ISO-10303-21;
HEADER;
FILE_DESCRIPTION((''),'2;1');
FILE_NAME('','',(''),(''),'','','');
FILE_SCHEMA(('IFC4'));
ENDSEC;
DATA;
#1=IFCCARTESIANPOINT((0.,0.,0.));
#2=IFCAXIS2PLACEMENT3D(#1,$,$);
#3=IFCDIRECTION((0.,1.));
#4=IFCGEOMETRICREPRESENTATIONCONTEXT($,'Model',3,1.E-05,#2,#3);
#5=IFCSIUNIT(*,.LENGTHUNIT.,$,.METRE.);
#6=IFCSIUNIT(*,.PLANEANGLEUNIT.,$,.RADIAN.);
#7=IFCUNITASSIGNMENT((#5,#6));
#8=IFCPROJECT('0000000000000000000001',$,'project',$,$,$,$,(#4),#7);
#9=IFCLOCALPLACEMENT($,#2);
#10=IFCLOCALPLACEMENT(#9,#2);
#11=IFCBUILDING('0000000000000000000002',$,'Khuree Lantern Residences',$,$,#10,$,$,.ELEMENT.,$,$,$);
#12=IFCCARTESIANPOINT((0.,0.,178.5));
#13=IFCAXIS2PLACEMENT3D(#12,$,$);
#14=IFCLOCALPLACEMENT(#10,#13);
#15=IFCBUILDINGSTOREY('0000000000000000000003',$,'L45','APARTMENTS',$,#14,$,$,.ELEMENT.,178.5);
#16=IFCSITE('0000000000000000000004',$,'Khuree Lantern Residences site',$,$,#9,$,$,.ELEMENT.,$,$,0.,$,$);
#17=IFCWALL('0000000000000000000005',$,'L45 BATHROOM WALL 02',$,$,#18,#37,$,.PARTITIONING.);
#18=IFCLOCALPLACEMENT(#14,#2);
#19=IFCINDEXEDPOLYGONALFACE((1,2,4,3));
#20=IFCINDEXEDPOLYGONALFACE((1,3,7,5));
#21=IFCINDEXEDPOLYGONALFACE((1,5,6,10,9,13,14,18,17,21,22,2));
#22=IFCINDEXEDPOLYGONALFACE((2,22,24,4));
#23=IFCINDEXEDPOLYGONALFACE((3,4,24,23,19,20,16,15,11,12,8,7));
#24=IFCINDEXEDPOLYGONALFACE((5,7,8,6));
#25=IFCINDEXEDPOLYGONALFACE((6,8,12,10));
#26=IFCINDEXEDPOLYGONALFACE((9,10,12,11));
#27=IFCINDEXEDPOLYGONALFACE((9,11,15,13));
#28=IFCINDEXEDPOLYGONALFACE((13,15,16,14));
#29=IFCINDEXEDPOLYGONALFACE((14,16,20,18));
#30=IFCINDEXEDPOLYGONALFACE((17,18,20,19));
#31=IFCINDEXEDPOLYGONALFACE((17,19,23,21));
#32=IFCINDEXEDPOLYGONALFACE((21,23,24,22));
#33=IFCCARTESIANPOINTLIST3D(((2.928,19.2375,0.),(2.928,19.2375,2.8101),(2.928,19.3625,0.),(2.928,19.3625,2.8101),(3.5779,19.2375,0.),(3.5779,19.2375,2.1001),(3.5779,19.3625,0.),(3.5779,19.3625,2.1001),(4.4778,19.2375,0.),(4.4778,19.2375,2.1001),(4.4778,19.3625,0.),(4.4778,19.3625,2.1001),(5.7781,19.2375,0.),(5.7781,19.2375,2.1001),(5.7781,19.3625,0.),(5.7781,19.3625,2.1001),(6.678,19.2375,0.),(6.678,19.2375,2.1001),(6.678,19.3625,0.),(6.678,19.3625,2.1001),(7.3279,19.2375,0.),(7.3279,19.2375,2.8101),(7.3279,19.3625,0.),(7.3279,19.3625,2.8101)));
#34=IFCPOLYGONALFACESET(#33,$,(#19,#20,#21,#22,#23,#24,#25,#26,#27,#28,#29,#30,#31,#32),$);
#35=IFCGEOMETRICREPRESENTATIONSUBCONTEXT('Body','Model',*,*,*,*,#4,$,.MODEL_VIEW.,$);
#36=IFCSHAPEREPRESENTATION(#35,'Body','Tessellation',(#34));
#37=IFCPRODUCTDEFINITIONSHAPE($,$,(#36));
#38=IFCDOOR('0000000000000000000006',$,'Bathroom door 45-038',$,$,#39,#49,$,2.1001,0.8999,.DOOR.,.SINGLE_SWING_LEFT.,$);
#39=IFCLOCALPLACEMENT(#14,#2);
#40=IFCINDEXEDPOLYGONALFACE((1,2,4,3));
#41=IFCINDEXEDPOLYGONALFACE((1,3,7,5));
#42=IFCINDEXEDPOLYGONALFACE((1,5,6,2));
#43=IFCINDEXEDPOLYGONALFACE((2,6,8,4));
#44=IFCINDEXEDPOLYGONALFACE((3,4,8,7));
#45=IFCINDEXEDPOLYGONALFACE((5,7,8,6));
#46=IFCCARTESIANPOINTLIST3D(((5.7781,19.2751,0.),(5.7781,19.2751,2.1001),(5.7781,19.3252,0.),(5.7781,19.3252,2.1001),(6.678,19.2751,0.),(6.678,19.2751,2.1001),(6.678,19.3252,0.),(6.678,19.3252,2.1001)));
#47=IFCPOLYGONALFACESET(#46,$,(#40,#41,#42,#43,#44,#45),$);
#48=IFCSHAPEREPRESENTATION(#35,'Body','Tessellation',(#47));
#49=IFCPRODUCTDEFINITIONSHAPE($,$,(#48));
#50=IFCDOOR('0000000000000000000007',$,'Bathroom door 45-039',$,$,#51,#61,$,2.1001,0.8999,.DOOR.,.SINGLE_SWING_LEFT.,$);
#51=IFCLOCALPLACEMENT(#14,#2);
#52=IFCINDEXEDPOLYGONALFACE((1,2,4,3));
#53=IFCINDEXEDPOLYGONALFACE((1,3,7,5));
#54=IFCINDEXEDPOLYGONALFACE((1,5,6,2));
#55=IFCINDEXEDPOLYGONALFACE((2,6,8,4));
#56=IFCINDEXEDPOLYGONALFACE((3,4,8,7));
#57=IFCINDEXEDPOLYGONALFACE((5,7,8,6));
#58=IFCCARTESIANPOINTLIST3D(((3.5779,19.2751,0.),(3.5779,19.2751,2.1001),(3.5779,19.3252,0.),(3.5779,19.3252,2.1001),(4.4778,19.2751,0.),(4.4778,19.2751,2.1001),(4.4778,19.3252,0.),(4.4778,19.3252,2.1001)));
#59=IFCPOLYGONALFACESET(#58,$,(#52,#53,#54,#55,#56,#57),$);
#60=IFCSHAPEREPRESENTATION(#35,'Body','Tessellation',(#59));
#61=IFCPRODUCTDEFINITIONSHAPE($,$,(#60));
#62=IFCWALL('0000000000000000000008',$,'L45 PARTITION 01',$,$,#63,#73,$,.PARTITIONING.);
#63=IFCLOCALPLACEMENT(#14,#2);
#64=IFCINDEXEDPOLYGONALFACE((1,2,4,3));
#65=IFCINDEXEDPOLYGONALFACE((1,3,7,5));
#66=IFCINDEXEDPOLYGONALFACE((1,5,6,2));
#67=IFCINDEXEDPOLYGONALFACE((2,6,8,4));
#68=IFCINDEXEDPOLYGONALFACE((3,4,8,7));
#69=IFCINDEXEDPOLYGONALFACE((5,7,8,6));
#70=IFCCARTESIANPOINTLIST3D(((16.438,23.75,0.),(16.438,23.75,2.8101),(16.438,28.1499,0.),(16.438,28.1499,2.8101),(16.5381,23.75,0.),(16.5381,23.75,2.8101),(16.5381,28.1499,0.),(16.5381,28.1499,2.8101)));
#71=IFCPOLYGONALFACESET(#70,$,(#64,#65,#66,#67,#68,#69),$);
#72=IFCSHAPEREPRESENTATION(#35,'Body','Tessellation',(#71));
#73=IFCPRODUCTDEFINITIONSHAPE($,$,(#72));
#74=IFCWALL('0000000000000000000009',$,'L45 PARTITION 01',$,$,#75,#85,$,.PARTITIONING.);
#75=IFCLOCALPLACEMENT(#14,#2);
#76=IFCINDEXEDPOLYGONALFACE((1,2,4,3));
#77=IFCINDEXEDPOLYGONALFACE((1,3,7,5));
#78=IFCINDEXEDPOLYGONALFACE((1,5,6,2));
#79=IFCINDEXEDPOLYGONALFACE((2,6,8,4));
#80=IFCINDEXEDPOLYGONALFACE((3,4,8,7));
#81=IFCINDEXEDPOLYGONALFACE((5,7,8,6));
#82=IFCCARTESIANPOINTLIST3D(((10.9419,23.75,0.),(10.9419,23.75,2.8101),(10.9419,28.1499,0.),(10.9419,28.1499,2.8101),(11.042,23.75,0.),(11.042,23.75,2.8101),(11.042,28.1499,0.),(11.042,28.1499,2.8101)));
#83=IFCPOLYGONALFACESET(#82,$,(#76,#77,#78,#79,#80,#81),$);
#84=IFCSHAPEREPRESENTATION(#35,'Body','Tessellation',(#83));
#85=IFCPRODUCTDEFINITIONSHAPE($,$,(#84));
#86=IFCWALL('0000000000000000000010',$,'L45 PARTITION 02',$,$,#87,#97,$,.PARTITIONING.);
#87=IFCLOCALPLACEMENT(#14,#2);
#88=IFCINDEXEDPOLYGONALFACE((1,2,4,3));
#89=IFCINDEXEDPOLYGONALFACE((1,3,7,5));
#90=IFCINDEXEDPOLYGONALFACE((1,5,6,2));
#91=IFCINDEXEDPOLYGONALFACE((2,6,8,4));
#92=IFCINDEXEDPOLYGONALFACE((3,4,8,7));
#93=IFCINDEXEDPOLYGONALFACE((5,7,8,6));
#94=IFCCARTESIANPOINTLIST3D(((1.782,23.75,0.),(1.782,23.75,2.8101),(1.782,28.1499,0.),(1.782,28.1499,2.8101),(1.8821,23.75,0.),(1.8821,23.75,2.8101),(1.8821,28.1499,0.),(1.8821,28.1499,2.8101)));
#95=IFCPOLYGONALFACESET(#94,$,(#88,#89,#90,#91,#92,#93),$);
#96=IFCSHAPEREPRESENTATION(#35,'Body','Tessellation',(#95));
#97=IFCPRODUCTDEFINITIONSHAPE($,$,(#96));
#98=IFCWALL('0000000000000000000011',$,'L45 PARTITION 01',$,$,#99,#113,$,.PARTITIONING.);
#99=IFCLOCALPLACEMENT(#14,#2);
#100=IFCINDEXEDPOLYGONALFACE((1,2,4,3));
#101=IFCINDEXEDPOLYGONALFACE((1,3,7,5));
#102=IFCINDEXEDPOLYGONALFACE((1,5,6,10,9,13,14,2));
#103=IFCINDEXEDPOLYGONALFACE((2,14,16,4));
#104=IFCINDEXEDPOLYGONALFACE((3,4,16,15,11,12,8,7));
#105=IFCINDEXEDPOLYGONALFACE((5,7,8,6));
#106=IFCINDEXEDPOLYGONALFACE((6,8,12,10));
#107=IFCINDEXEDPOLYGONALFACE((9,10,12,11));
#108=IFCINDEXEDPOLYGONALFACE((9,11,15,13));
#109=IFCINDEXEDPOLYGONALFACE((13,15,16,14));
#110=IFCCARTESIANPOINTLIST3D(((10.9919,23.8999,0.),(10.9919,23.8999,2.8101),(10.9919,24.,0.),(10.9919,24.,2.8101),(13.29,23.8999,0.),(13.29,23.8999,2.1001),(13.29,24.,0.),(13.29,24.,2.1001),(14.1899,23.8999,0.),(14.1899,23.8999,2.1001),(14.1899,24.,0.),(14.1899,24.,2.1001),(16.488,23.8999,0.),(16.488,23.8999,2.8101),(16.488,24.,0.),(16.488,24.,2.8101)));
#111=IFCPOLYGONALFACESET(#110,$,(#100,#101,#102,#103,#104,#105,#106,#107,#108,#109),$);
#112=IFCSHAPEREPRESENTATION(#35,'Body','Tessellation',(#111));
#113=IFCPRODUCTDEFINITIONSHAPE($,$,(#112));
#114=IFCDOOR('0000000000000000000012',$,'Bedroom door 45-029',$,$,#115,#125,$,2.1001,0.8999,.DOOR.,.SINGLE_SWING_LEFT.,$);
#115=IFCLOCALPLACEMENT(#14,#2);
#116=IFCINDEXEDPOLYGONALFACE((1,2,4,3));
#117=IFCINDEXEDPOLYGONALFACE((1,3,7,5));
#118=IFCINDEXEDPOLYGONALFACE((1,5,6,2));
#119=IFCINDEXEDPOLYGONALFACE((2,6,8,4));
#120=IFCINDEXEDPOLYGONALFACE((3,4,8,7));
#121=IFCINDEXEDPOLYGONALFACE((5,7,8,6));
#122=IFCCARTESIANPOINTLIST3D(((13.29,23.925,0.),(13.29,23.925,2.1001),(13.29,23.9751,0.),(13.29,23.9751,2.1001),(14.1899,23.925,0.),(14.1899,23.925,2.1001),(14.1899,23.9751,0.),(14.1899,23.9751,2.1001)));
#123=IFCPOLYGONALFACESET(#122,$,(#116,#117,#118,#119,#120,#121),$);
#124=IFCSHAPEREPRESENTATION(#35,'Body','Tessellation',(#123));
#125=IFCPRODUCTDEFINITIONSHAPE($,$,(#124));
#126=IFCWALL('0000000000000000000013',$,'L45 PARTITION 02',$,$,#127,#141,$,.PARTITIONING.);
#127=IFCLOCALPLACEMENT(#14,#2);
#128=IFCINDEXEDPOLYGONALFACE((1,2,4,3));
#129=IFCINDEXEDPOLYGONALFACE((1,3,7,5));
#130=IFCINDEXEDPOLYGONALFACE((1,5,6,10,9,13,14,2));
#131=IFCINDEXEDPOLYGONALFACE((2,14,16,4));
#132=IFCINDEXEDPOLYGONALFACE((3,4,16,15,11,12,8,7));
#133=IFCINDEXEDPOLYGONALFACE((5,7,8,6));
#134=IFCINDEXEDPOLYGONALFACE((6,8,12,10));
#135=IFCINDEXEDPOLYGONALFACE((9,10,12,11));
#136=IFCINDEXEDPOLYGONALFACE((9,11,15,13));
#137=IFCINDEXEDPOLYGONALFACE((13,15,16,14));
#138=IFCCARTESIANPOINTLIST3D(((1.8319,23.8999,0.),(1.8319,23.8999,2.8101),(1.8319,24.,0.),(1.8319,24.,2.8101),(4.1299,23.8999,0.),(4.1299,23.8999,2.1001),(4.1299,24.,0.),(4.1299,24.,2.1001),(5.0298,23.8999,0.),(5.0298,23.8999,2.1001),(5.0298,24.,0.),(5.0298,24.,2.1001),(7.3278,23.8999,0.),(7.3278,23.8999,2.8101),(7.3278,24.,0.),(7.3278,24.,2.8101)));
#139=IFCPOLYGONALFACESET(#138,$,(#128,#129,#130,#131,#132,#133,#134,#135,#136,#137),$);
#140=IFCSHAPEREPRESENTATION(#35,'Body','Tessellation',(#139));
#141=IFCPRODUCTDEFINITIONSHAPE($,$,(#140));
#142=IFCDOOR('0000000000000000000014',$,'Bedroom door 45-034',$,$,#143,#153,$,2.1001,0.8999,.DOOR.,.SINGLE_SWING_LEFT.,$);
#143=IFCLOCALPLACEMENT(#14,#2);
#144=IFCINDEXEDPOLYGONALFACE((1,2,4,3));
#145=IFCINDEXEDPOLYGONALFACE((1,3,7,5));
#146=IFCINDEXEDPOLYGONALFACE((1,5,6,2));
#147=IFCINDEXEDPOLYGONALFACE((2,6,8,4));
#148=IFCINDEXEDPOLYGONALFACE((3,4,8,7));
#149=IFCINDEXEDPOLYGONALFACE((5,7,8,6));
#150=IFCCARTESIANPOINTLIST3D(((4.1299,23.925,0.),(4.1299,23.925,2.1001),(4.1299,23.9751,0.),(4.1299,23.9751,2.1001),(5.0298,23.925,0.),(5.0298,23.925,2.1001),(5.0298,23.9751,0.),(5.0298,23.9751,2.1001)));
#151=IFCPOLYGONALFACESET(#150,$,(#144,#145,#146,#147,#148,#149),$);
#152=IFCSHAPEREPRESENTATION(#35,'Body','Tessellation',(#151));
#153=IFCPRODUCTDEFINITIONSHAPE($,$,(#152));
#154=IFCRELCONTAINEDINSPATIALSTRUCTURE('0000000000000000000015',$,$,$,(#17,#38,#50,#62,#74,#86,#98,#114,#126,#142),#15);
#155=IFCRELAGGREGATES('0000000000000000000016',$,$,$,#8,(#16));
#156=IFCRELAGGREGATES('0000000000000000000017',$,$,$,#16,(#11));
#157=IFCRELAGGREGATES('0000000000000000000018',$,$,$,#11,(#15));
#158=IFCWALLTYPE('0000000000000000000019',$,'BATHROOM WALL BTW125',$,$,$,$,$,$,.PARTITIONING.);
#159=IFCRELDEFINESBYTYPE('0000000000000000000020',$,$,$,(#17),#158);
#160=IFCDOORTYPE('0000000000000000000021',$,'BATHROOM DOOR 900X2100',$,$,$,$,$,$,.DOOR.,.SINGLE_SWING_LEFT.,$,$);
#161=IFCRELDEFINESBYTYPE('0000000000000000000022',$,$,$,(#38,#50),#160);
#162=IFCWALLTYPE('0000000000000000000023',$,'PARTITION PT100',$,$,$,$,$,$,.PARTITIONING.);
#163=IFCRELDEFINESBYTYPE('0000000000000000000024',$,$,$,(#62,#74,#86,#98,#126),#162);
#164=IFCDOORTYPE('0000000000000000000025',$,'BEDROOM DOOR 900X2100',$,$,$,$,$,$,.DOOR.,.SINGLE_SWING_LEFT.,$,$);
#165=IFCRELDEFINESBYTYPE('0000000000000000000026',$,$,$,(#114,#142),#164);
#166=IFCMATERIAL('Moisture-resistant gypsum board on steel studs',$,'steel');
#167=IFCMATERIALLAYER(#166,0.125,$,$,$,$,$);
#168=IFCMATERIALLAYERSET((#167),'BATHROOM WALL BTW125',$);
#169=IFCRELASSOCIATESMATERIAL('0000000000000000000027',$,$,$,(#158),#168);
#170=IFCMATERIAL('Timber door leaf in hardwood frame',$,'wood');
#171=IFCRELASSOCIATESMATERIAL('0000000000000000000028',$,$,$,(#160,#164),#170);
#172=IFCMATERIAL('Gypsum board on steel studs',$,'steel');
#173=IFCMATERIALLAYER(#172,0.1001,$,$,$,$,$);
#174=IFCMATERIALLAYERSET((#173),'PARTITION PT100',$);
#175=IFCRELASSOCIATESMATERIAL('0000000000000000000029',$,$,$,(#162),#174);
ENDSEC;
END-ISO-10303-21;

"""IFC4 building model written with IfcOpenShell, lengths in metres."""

from ifc_helpers import new_model, si_unit, direction, frame, frame_2d, origin, place, context, subcontext, project, spatial, rectangle, extrude, material, layer, layer_set, type_object, element, fill, save


model = new_model("IFC4")

# Units and contexts
model_context = context("Model", 3, precision=1e-05, world=origin(), true_north=direction((0.0, 1.0)))
body_context = subcontext(model_context, "Body", "Model", "MODEL_VIEW")
ifc_project = project(units=[si_unit("LENGTHUNIT", "METRE"), si_unit("PLANEANGLEUNIT", "RADIAN")], contexts=[model_context])

# Site, building, storey
site_placement = place(None, origin())
site = spatial("IfcSite", under=ifc_project, at=site_placement, Name="Khuree Lantern Residences site", CompositionType="ELEMENT", RefElevation=0.0)
building_placement = place(site_placement, origin())
building = spatial("IfcBuilding", under=site, at=building_placement, Name="Khuree Lantern Residences", CompositionType="ELEMENT")
storey_placement = place(building_placement, frame((0.0, 0.0, 178.5)))
storey = spatial("IfcBuildingStorey", under=building, at=storey_placement, Name="L45", Description="APARTMENTS", CompositionType="ELEMENT", Elevation=178.5)

# Wall, openings, doors
ifc_material_1 = material(Name="Moisture-resistant gypsum board on steel studs", Category="steel")
ifc_layer_1 = layer(ifc_material_1, 0.125)
ifc_layer_set_1 = layer_set([ifc_layer_1], Name="BATHROOM WALL BTW125")
wall_type_1 = type_object("IfcWallType", Name="BATHROOM WALL BTW125", PredefinedType="PARTITIONING", material=ifc_layer_set_1)
wall_1_placement = place(storey_placement, frame((7.3279, 19.3, 0.0), z_axis=(0.0, 0.0, 1.0), x_axis=(-1.0, 0.0, 0.0)))
wall_1 = element("IfcWall", 1, at=wall_1_placement, inside=storey, type_object=wall_type_1, Name="L45 BATHROOM WALL 02", PredefinedType="PARTITIONING", context=body_context, shape_type="SweptSolid", body=[
    extrude(rectangle(XDim=4.3999, YDim=0.125, at=frame_2d((2.2, 0.0))), origin(), (0.0, 0.0, 1.0), 2.8101),
])
opening_1_placement = place(wall_1_placement, frame((0.6499, 0.0, 0.0)))
opening_1 = element("IfcOpeningElement", 2, at=opening_1_placement, cuts=wall_1, PredefinedType="OPENING", context=body_context, shape_type="SweptSolid", body=[
    extrude(rectangle(XDim=0.8999, YDim=2.1001, at=frame_2d((0.45, 1.05))), frame((0.0, 0.0725, 0.0), z_axis=(0.0, -1.0, 0.0), x_axis=(1.0, 0.0, 0.0)), (0.0, 0.0, 1.0), 0.145),
])
opening_2_placement = place(wall_1_placement, frame((2.8501, 0.0, 0.0)))
opening_2 = element("IfcOpeningElement", 3, at=opening_2_placement, cuts=wall_1, PredefinedType="OPENING", context=body_context, shape_type="SweptSolid", body=[
    extrude(rectangle(XDim=0.8999, YDim=2.1001, at=frame_2d((0.45, 1.05))), frame((0.0, 0.0725, 0.0), z_axis=(0.0, -1.0, 0.0), x_axis=(1.0, 0.0, 0.0)), (0.0, 0.0, 1.0), 0.145),
])
ifc_material_2 = material(Name="Timber door leaf in hardwood frame", Category="wood")
door_type_1 = type_object("IfcDoorType", Name="BATHROOM DOOR 900X2100", OperationType="SINGLE_SWING_LEFT", PredefinedType="DOOR", material=ifc_material_2)
door_1_placement = place(opening_1_placement, origin())
door_1 = element("IfcDoor", 4, at=door_1_placement, inside=storey, type_object=door_type_1, Name="Bathroom door 45-038", OperationType="SINGLE_SWING_LEFT", OverallHeight=2.1001, OverallWidth=0.8999, PredefinedType="DOOR", context=body_context, shape_type="SweptSolid", body=[
    extrude(rectangle(XDim=0.8999, YDim=2.1001, at=frame_2d((0.45, 1.05))), frame((0.0, 0.0249, 0.0), z_axis=(0.0, -1.0, 0.0), x_axis=(1.0, 0.0, 0.0)), (0.0, 0.0, 1.0), 0.05),
])
fill(opening_1, door_1)
door_2_placement = place(opening_2_placement, origin())
door_2 = element("IfcDoor", 5, at=door_2_placement, inside=storey, type_object=door_type_1, Name="Bathroom door 45-039", OperationType="SINGLE_SWING_LEFT", OverallHeight=2.1001, OverallWidth=0.8999, PredefinedType="DOOR", context=body_context, shape_type="SweptSolid", body=[
    extrude(rectangle(XDim=0.8999, YDim=2.1001, at=frame_2d((0.45, 1.05))), frame((0.0, 0.0249, 0.0), z_axis=(0.0, -1.0, 0.0), x_axis=(1.0, 0.0, 0.0)), (0.0, 0.0, 1.0), 0.05),
])
fill(opening_2, door_2)

# Walls
ifc_material_3 = material(Name="Gypsum board on steel studs", Category="steel")
ifc_layer_2 = layer(ifc_material_3, 0.1001)
ifc_layer_set_2 = layer_set([ifc_layer_2], Name="PARTITION PT100")
wall_type_2 = type_object("IfcWallType", Name="PARTITION PT100", PredefinedType="PARTITIONING", material=ifc_layer_set_2)
for number, where, z_axis, x_axis, name in (
    (6, (16.488, 23.75, 0.0), (0.0, 0.0, 1.0), (0.0, 1.0, 0.0), "L45 PARTITION 01"),
    (7, (10.9919, 23.75, 0.0), (0.0, 0.0, 1.0), (0.0, 1.0, 0.0), "L45 PARTITION 01"),
    (8, (1.832, 23.75, 0.0), (0.0, 0.0, 1.0), (0.0, 1.0, 0.0), "L45 PARTITION 02"),
):
    element("IfcWall", number, at=place(storey_placement, frame(where, z_axis=z_axis, x_axis=x_axis)), inside=storey, type_object=wall_type_2, Name=name, PredefinedType="PARTITIONING", context=body_context, shape_type="SweptSolid", body=[
        extrude(rectangle(XDim=4.3999, YDim=0.1001, at=frame_2d((2.2, 0.0))), origin(), (0.0, 0.0, 1.0), 2.8101),
    ])

# Walls, openings, doors
wall_2_placement = place(storey_placement, frame((16.488, 23.95, 0.0), z_axis=(0.0, 0.0, 1.0), x_axis=(-1.0, 0.0, 0.0)))
wall_2 = element("IfcWall", 9, at=wall_2_placement, inside=storey, type_object=wall_type_2, Name="L45 PARTITION 01", PredefinedType="PARTITIONING", context=body_context, shape_type="SweptSolid", body=[
    extrude(rectangle(XDim=5.4961, YDim=0.1001, at=frame_2d((2.748, 0.0))), origin(), (0.0, 0.0, 1.0), 2.8101),
])
opening_3_placement = place(wall_2_placement, frame((2.2981, 0.0, 0.0)))
opening_3 = element("IfcOpeningElement", 10, at=opening_3_placement, cuts=wall_2, PredefinedType="OPENING", context=body_context, shape_type="SweptSolid", body=[
    extrude(rectangle(XDim=0.8999, YDim=2.1001, at=frame_2d((0.45, 1.05))), frame((0.0, 0.0601, 0.0), z_axis=(0.0, -1.0, 0.0), x_axis=(1.0, 0.0, 0.0)), (0.0, 0.0, 1.0), 0.1201),
])
door_type_2 = type_object("IfcDoorType", Name="BEDROOM DOOR 900X2100", OperationType="SINGLE_SWING_LEFT", PredefinedType="DOOR", material=ifc_material_2)
door_3_placement = place(opening_3_placement, origin())
door_3 = element("IfcDoor", 11, at=door_3_placement, inside=storey, type_object=door_type_2, Name="Bedroom door 45-029", OperationType="SINGLE_SWING_LEFT", OverallHeight=2.1001, OverallWidth=0.8999, PredefinedType="DOOR", context=body_context, shape_type="SweptSolid", body=[
    extrude(rectangle(XDim=0.8999, YDim=2.1001, at=frame_2d((0.45, 1.05))), frame((0.0, 0.0249, 0.0), z_axis=(0.0, -1.0, 0.0), x_axis=(1.0, 0.0, 0.0)), (0.0, 0.0, 1.0), 0.05),
])
fill(opening_3, door_3)
wall_3_placement = place(storey_placement, frame((7.3279, 23.95, 0.0), z_axis=(0.0, 0.0, 1.0), x_axis=(-1.0, 0.0, 0.0)))
wall_3 = element("IfcWall", 12, at=wall_3_placement, inside=storey, type_object=wall_type_2, Name="L45 PARTITION 02", PredefinedType="PARTITIONING", context=body_context, shape_type="SweptSolid", body=[
    extrude(rectangle(XDim=5.4958, YDim=0.1001, at=frame_2d((2.748, 0.0))), origin(), (0.0, 0.0, 1.0), 2.8101),
])
opening_4_placement = place(wall_3_placement, frame((2.2981, 0.0, 0.0)))
opening_4 = element("IfcOpeningElement", 13, at=opening_4_placement, cuts=wall_3, PredefinedType="OPENING", context=body_context, shape_type="SweptSolid", body=[
    extrude(rectangle(XDim=0.8999, YDim=2.1001, at=frame_2d((0.45, 1.05))), frame((0.0, 0.0601, 0.0), z_axis=(0.0, -1.0, 0.0), x_axis=(1.0, 0.0, 0.0)), (0.0, 0.0, 1.0), 0.1201),
])
door_4_placement = place(opening_4_placement, origin())
door_4 = element("IfcDoor", 14, at=door_4_placement, inside=storey, type_object=door_type_2, Name="Bedroom door 45-034", OperationType="SINGLE_SWING_LEFT", OverallHeight=2.1001, OverallWidth=0.8999, PredefinedType="DOOR", context=body_context, shape_type="SweptSolid", body=[
    extrude(rectangle(XDim=0.8999, YDim=2.1001, at=frame_2d((0.45, 1.05))), frame((0.0, 0.0249, 0.0), z_axis=(0.0, -1.0, 0.0), x_axis=(1.0, 0.0, 0.0)), (0.0, 0.0, 1.0), 0.05),
])
fill(opening_4, door_4)

save(model, "model.ifc")
